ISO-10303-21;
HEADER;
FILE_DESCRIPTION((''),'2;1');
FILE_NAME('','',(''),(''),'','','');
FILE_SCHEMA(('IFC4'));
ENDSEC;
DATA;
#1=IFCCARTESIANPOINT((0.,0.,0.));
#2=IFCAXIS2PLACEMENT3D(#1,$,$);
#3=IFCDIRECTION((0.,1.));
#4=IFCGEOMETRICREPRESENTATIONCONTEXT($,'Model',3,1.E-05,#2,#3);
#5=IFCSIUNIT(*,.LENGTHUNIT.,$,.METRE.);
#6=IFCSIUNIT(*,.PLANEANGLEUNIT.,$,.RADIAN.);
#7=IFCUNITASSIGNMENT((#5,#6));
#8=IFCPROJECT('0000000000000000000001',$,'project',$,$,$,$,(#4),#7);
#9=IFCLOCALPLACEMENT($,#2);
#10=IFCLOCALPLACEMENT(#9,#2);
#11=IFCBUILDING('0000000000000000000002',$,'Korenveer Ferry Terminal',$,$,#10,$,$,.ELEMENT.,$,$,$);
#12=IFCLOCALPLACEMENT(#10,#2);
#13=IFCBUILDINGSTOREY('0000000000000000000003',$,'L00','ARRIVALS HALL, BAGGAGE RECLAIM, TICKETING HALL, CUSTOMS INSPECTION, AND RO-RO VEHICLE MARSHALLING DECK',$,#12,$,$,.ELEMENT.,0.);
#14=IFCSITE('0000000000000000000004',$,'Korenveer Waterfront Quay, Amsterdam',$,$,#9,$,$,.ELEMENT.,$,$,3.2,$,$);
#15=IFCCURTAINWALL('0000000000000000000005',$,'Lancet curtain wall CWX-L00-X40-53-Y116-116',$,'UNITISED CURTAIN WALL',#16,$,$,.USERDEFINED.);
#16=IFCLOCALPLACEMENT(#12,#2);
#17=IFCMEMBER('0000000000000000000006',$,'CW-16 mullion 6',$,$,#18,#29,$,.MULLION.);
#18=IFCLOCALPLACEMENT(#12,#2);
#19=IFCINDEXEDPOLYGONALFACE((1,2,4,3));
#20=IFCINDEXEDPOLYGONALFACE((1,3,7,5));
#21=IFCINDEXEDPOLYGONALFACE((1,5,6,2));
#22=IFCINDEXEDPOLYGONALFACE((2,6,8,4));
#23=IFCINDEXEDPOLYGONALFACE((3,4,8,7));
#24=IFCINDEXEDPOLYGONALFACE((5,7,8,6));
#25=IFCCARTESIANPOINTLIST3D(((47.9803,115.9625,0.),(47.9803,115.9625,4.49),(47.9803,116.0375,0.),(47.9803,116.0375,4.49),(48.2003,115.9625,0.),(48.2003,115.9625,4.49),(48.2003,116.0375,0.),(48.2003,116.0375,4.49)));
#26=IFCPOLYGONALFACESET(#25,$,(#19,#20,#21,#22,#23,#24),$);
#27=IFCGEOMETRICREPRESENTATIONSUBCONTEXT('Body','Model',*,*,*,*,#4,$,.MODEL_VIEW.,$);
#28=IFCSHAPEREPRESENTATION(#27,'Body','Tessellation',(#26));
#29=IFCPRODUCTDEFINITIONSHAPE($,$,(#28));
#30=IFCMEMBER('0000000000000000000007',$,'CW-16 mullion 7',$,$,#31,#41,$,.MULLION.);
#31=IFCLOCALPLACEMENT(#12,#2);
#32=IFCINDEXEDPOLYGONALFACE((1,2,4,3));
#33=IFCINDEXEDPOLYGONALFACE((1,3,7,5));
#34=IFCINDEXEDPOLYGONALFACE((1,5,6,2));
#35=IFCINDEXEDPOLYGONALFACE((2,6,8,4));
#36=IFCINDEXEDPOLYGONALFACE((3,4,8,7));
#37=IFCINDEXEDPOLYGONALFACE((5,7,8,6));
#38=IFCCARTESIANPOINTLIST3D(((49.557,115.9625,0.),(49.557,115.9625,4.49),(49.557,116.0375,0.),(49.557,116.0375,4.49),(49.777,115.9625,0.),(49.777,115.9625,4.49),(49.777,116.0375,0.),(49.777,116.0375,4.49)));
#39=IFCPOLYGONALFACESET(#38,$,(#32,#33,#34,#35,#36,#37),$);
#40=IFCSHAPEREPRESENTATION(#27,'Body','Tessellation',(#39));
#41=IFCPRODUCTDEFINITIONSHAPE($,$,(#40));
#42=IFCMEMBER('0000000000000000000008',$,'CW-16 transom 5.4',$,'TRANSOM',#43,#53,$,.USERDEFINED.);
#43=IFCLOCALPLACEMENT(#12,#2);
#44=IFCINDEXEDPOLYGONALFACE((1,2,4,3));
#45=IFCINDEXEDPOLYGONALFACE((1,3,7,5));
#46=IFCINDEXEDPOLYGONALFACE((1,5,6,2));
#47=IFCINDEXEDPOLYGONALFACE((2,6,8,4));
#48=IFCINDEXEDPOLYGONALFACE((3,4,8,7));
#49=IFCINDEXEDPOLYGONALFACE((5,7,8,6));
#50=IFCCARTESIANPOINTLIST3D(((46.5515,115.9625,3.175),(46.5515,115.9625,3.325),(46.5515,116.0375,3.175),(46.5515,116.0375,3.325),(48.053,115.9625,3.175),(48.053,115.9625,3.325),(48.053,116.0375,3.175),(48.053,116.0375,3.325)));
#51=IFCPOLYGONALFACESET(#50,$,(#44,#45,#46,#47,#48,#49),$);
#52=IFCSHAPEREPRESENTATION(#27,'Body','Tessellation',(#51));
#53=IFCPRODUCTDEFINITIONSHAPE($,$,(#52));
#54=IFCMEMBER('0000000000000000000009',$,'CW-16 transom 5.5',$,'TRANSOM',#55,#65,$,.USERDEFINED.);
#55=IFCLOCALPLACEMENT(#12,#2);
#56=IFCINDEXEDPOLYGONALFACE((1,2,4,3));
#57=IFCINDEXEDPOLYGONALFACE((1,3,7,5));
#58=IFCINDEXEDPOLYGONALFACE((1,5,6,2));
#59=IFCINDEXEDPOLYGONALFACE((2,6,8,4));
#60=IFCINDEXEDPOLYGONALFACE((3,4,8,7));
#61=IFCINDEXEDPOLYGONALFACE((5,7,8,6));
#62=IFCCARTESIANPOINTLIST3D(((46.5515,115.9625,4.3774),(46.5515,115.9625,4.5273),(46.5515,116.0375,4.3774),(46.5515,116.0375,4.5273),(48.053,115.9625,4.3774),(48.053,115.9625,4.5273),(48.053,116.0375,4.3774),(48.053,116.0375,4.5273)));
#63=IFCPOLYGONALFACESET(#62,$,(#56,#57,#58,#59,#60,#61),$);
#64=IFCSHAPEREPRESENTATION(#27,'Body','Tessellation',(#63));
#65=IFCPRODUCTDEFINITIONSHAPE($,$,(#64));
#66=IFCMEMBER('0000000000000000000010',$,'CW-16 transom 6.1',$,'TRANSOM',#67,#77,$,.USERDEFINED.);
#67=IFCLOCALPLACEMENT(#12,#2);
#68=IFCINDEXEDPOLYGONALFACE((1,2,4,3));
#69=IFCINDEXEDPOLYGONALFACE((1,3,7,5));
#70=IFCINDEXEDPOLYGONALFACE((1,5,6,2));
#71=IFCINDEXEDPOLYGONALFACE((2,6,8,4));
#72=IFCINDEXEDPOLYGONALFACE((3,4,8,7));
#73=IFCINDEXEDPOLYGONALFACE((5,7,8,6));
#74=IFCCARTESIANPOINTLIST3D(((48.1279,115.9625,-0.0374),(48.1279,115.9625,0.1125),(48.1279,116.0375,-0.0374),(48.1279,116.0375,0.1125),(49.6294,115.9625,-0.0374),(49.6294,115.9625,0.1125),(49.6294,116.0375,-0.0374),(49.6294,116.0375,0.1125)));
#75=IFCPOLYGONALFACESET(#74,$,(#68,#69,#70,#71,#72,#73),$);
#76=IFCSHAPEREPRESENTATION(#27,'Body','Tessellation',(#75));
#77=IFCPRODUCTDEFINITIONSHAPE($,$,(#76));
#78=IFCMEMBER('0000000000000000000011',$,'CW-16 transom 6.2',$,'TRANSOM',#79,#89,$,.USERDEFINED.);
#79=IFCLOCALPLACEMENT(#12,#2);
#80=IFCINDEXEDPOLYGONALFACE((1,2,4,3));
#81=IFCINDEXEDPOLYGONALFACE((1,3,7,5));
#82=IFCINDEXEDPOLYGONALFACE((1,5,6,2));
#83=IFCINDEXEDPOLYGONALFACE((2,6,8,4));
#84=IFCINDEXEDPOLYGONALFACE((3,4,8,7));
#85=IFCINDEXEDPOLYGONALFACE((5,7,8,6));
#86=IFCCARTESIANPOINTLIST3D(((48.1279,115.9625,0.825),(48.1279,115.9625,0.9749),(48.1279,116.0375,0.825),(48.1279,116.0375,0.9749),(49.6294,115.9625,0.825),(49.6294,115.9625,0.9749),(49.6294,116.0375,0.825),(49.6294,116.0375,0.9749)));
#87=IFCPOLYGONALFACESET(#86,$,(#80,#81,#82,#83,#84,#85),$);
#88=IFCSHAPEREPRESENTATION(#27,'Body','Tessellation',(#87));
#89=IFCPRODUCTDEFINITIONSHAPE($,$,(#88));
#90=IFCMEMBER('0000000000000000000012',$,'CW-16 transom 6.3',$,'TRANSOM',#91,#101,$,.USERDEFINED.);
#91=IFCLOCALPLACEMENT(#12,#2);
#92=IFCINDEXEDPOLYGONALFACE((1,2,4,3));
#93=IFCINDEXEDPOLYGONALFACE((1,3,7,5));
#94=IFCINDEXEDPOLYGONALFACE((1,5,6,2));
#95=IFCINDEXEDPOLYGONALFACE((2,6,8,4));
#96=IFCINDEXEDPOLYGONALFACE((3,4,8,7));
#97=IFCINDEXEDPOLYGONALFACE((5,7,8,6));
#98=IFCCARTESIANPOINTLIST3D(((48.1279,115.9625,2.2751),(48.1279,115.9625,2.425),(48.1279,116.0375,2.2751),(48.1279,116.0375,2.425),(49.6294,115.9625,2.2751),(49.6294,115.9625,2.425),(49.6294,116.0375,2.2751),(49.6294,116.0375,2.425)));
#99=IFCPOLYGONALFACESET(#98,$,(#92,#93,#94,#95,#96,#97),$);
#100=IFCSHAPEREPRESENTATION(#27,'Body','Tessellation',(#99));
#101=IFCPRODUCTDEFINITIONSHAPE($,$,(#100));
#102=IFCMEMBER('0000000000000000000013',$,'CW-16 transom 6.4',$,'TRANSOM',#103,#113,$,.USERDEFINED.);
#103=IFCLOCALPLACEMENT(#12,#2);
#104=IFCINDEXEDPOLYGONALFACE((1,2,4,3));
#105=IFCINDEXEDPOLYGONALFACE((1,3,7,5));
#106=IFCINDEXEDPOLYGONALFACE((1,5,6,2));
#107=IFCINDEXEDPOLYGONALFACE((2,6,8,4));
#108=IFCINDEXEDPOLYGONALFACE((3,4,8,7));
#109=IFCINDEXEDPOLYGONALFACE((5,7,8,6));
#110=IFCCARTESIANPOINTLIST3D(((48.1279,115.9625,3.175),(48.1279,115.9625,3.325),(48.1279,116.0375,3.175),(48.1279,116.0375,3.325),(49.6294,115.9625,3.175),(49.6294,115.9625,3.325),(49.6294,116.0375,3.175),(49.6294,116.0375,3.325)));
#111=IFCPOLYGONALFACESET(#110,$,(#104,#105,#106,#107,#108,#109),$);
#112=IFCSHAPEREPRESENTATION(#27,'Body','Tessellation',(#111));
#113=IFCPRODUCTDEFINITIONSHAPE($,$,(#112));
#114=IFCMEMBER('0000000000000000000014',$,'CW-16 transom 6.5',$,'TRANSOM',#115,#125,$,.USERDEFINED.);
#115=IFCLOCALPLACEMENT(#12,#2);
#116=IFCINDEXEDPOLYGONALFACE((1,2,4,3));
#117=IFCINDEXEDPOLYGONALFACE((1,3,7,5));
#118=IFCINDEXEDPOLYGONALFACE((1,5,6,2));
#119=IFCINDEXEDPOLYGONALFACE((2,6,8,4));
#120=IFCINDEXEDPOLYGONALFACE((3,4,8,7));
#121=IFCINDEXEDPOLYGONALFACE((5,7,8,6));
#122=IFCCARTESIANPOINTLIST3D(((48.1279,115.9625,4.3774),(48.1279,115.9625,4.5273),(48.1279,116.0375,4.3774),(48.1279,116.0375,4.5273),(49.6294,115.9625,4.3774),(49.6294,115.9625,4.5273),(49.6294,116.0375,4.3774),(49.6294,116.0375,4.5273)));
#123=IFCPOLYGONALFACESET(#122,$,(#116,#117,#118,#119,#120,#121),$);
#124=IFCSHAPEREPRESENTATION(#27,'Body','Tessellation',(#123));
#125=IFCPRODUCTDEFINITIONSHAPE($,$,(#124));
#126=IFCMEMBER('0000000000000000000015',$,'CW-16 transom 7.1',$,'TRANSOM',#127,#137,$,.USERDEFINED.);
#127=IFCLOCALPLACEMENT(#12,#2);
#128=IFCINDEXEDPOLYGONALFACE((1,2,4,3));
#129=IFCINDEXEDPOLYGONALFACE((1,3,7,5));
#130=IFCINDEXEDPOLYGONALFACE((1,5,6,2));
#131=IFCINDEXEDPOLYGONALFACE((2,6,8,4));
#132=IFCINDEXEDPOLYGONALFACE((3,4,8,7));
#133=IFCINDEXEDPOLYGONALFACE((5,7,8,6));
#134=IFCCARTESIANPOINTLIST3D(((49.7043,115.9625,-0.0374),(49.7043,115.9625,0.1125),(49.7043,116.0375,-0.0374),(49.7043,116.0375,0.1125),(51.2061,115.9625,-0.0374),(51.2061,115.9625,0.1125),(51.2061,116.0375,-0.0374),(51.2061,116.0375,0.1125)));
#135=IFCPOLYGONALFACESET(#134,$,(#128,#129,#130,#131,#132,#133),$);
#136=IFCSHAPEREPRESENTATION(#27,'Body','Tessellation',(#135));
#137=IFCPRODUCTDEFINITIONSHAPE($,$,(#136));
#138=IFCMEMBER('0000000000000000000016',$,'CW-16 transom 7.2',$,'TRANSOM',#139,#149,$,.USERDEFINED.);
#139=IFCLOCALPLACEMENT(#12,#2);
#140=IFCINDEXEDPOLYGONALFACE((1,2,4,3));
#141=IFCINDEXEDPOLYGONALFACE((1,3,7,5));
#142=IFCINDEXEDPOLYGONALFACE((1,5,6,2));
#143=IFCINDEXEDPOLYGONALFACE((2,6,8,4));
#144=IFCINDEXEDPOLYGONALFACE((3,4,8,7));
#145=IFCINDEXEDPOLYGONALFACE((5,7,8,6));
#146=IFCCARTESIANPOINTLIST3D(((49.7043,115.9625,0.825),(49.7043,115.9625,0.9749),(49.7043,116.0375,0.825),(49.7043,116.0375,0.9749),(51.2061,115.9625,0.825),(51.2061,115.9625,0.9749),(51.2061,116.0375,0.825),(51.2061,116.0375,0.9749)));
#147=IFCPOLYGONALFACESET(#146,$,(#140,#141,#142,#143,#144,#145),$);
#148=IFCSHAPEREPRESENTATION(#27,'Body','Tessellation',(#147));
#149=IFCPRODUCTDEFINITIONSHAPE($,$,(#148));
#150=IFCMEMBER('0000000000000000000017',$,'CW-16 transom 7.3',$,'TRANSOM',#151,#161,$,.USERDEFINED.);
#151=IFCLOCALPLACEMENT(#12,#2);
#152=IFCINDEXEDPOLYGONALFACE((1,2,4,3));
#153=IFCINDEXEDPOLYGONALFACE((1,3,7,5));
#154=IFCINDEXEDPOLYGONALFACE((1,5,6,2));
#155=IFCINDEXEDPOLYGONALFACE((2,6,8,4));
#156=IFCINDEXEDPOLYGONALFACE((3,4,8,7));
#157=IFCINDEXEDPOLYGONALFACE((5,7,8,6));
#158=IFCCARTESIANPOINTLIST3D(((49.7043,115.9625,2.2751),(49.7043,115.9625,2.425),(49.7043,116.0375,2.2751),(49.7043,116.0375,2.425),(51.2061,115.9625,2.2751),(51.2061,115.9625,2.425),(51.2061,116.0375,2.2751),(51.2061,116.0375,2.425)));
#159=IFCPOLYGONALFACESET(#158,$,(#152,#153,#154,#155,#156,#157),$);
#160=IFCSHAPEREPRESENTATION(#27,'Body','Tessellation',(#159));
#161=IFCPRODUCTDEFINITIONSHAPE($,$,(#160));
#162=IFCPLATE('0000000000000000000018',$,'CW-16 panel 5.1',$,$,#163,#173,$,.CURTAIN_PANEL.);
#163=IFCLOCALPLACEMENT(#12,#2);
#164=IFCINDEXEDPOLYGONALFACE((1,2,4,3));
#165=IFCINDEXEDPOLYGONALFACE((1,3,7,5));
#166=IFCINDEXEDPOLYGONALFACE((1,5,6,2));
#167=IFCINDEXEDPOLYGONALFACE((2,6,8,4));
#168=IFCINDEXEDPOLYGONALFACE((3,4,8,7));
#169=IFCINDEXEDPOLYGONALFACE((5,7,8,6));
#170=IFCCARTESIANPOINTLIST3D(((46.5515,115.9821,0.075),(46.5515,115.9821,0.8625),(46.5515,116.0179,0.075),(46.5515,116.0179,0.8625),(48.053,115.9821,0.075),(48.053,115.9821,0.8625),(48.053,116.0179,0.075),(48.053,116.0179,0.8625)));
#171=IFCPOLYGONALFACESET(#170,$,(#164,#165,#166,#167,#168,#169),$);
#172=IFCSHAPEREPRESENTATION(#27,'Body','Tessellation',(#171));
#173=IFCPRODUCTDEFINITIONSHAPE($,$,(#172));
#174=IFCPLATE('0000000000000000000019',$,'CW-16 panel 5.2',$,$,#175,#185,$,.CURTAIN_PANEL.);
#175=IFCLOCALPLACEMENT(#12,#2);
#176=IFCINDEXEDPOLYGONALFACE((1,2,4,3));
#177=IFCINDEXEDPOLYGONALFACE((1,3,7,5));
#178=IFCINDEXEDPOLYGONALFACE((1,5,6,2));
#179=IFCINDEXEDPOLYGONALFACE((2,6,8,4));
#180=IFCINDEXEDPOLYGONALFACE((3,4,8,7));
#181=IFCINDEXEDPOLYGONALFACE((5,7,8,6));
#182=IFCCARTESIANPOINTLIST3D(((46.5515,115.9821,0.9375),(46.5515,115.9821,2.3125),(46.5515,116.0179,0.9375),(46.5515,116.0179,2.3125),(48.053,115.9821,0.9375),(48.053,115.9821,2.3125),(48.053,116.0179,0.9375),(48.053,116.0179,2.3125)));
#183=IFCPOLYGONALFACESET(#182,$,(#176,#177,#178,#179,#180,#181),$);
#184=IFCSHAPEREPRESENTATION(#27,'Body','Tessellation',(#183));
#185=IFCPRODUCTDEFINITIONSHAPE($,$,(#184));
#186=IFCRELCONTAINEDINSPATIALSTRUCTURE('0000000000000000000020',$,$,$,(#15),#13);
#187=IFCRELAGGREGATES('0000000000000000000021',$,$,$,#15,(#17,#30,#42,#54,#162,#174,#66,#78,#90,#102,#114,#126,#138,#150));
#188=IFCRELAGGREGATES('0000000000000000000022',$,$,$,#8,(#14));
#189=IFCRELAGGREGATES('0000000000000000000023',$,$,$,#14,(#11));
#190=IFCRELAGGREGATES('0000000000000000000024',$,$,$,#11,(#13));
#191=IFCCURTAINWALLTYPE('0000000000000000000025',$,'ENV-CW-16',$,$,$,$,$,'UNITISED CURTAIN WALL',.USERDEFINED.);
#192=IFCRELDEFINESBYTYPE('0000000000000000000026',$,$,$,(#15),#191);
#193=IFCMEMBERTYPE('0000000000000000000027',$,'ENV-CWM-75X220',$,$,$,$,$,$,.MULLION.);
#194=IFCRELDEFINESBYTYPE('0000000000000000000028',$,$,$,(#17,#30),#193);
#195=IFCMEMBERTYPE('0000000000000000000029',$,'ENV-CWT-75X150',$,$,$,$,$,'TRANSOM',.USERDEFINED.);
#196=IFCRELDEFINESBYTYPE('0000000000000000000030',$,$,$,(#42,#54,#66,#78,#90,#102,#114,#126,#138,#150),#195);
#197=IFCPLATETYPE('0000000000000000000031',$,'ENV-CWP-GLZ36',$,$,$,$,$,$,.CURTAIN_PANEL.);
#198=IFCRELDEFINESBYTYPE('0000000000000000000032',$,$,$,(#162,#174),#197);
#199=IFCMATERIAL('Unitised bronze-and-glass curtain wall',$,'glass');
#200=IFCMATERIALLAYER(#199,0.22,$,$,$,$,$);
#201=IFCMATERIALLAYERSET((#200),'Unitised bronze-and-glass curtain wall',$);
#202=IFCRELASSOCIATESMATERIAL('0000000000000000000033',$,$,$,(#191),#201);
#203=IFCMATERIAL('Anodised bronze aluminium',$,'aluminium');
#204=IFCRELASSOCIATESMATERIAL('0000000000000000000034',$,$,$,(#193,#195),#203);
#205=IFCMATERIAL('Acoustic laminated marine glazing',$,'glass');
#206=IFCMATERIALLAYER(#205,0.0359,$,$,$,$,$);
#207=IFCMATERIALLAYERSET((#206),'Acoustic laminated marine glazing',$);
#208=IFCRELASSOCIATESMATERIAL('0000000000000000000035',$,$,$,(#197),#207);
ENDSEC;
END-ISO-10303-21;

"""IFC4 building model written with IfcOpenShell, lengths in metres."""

from ifc_helpers import new_model, si_unit, direction, frame, origin, origin_2d, place, context, subcontext, project, spatial, rectangle, extrude, material, layer, layer_set, material_profile, profile_set, type_object, element, aggregate, save


model = new_model("IFC4")

# Units and contexts
model_context = context("Model", 3, precision=1e-05, world=origin(), true_north=direction((0.0, 1.0)))
body_context = subcontext(model_context, "Body", "Model", "MODEL_VIEW")
ifc_project = project(units=[si_unit("LENGTHUNIT", "METRE"), si_unit("PLANEANGLEUNIT", "RADIAN")], contexts=[model_context])

# Site, building, storey
site_placement = place(None, origin())
site = spatial("IfcSite", under=ifc_project, at=site_placement, Name="Korenveer Waterfront Quay, Amsterdam", CompositionType="ELEMENT", RefElevation=3.2)
building_placement = place(site_placement, origin())
building = spatial("IfcBuilding", under=site, at=building_placement, Name="Korenveer Ferry Terminal", CompositionType="ELEMENT")
storey_placement = place(building_placement, origin())
storey = spatial("IfcBuildingStorey", under=building, at=storey_placement, Name="L00", Description="ARRIVALS HALL, BAGGAGE RECLAIM, TICKETING HALL, CUSTOMS INSPECTION, AND RO-RO VEHICLE MARSHALLING DECK", CompositionType="ELEMENT", Elevation=0.0)

# Curtain wall, members, plates
ifc_material_1 = material(Name="Unitised bronze-and-glass curtain wall", Category="glass")
ifc_layer_1 = layer(ifc_material_1, 0.22)
ifc_layer_set_1 = layer_set([ifc_layer_1], Name="Unitised bronze-and-glass curtain wall")
curtain_wall_type = type_object("IfcCurtainWallType", Name="ENV-CW-16", ElementType="UNITISED CURTAIN WALL", PredefinedType="USERDEFINED", material=ifc_layer_set_1)
curtain_wall_placement = place(storey_placement, frame((40.2078, 116.0, 0.0)))
curtain_wall = element("IfcCurtainWall", 1, at=curtain_wall_placement, inside=storey, type_object=curtain_wall_type, Name="Lancet curtain wall CWX-L00-X40-53-Y116-116", ObjectType="UNITISED CURTAIN WALL", PredefinedType="USERDEFINED")
ifc_material_2 = material(Name="Anodised bronze aluminium", Category="aluminium")
ifc_material_profile_1 = material_profile(ifc_material_2, rectangle(XDim=0.075, YDim=0.22, at=origin_2d()), Name="ALU 75x220")
ifc_profile_set_1 = profile_set([ifc_material_profile_1], Name="Anodised bronze aluminium")
member_type_1 = type_object("IfcMemberType", Name="ENV-CWM-75X220", PredefinedType="MULLION", material=ifc_profile_set_1)
member_1_placement = place(storey_placement, frame((48.0903, 116.0, 0.0), z_axis=(0.0, 0.0, 1.0), x_axis=(0.0, 1.0, 0.0)))
member_1 = element("IfcMember", 2, at=member_1_placement, type_object=member_type_1, Name="CW-16 mullion 6", PredefinedType="MULLION", context=body_context, shape_type="SweptSolid", body=[
    extrude(rectangle(XDim=0.075, YDim=0.22, at=origin_2d()), origin(), (0.0, 0.0, 1.0), 4.49),
])
member_2_placement = place(storey_placement, frame((49.667, 116.0, 0.0), z_axis=(0.0, 0.0, 1.0), x_axis=(0.0, 1.0, 0.0)))
member_2 = element("IfcMember", 3, at=member_2_placement, type_object=member_type_1, Name="CW-16 mullion 7", PredefinedType="MULLION", context=body_context, shape_type="SweptSolid", body=[
    extrude(rectangle(XDim=0.075, YDim=0.22, at=origin_2d()), origin(), (0.0, 0.0, 1.0), 4.49),
])
ifc_material_profile_2 = material_profile(ifc_material_2, rectangle(XDim=0.075, YDim=0.1499, at=origin_2d()), Name="ALU 75x150")
ifc_profile_set_2 = profile_set([ifc_material_profile_2], Name="Anodised bronze aluminium")
member_type_2 = type_object("IfcMemberType", Name="ENV-CWT-75X150", ElementType="TRANSOM", PredefinedType="USERDEFINED", material=ifc_profile_set_2)
member_3_placement = place(storey_placement, frame((46.5515, 116.0, 3.25), z_axis=(1.0, 0.0, 0.0), x_axis=(0.0, 1.0, 0.0)))
member_3 = element("IfcMember", 4, at=member_3_placement, type_object=member_type_2, Name="CW-16 transom 5.4", ObjectType="TRANSOM", PredefinedType="USERDEFINED", context=body_context, shape_type="SweptSolid", body=[
    extrude(rectangle(XDim=0.075, YDim=0.1499, at=origin_2d()), origin(), (0.0, 0.0, 1.0), 1.5015),
])
member_4_placement = place(storey_placement, frame((46.5515, 116.0, 4.4524), z_axis=(1.0, 0.0, 0.0), x_axis=(0.0, 1.0, 0.0)))
member_4 = element("IfcMember", 5, at=member_4_placement, type_object=member_type_2, Name="CW-16 transom 5.5", ObjectType="TRANSOM", PredefinedType="USERDEFINED", context=body_context, shape_type="SweptSolid", body=[
    extrude(rectangle(XDim=0.075, YDim=0.1499, at=origin_2d()), origin(), (0.0, 0.0, 1.0), 1.5015),
])
member_5_placement = place(storey_placement, frame((48.1279, 116.0, 0.0376), z_axis=(1.0, 0.0, 0.0), x_axis=(0.0, 1.0, 0.0)))
member_5 = element("IfcMember", 6, at=member_5_placement, type_object=member_type_2, Name="CW-16 transom 6.1", ObjectType="TRANSOM", PredefinedType="USERDEFINED", context=body_context, shape_type="SweptSolid", body=[
    extrude(rectangle(XDim=0.075, YDim=0.1499, at=origin_2d()), origin(), (0.0, 0.0, 1.0), 1.5015),
])
member_6_placement = place(storey_placement, frame((48.1279, 116.0, 0.8999), z_axis=(1.0, 0.0, 0.0), x_axis=(0.0, 1.0, 0.0)))
member_6 = element("IfcMember", 7, at=member_6_placement, type_object=member_type_2, Name="CW-16 transom 6.2", ObjectType="TRANSOM", PredefinedType="USERDEFINED", context=body_context, shape_type="SweptSolid", body=[
    extrude(rectangle(XDim=0.075, YDim=0.1499, at=origin_2d()), origin(), (0.0, 0.0, 1.0), 1.5015),
])
member_7_placement = place(storey_placement, frame((48.1279, 116.0, 2.3501), z_axis=(1.0, 0.0, 0.0), x_axis=(0.0, 1.0, 0.0)))
member_7 = element("IfcMember", 8, at=member_7_placement, type_object=member_type_2, Name="CW-16 transom 6.3", ObjectType="TRANSOM", PredefinedType="USERDEFINED", context=body_context, shape_type="SweptSolid", body=[
    extrude(rectangle(XDim=0.075, YDim=0.1499, at=origin_2d()), origin(), (0.0, 0.0, 1.0), 1.5015),
])
member_8_placement = place(storey_placement, frame((48.1279, 116.0, 3.25), z_axis=(1.0, 0.0, 0.0), x_axis=(0.0, 1.0, 0.0)))
member_8 = element("IfcMember", 9, at=member_8_placement, type_object=member_type_2, Name="CW-16 transom 6.4", ObjectType="TRANSOM", PredefinedType="USERDEFINED", context=body_context, shape_type="SweptSolid", body=[
    extrude(rectangle(XDim=0.075, YDim=0.1499, at=origin_2d()), origin(), (0.0, 0.0, 1.0), 1.5015),
])
member_9_placement = place(storey_placement, frame((48.1279, 116.0, 4.4524), z_axis=(1.0, 0.0, 0.0), x_axis=(0.0, 1.0, 0.0)))
member_9 = element("IfcMember", 10, at=member_9_placement, type_object=member_type_2, Name="CW-16 transom 6.5", ObjectType="TRANSOM", PredefinedType="USERDEFINED", context=body_context, shape_type="SweptSolid", body=[
    extrude(rectangle(XDim=0.075, YDim=0.1499, at=origin_2d()), origin(), (0.0, 0.0, 1.0), 1.5015),
])
member_10_placement = place(storey_placement, frame((49.7043, 116.0, 0.0376), z_axis=(1.0, 0.0, 0.0), x_axis=(0.0, 1.0, 0.0)))
member_10 = element("IfcMember", 11, at=member_10_placement, type_object=member_type_2, Name="CW-16 transom 7.1", ObjectType="TRANSOM", PredefinedType="USERDEFINED", context=body_context, shape_type="SweptSolid", body=[
    extrude(rectangle(XDim=0.075, YDim=0.1499, at=origin_2d()), origin(), (0.0, 0.0, 1.0), 1.5017),
])
member_11_placement = place(storey_placement, frame((49.7043, 116.0, 0.8999), z_axis=(1.0, 0.0, 0.0), x_axis=(0.0, 1.0, 0.0)))
member_11 = element("IfcMember", 12, at=member_11_placement, type_object=member_type_2, Name="CW-16 transom 7.2", ObjectType="TRANSOM", PredefinedType="USERDEFINED", context=body_context, shape_type="SweptSolid", body=[
    extrude(rectangle(XDim=0.075, YDim=0.1499, at=origin_2d()), origin(), (0.0, 0.0, 1.0), 1.5017),
])
member_12_placement = place(storey_placement, frame((49.7043, 116.0, 2.3501), z_axis=(1.0, 0.0, 0.0), x_axis=(0.0, 1.0, 0.0)))
member_12 = element("IfcMember", 13, at=member_12_placement, type_object=member_type_2, Name="CW-16 transom 7.3", ObjectType="TRANSOM", PredefinedType="USERDEFINED", context=body_context, shape_type="SweptSolid", body=[
    extrude(rectangle(XDim=0.075, YDim=0.1499, at=origin_2d()), origin(), (0.0, 0.0, 1.0), 1.5017),
])
ifc_material_3 = material(Name="Acoustic laminated marine glazing", Category="glass")
ifc_layer_2 = layer(ifc_material_3, 0.0359)
ifc_layer_set_2 = layer_set([ifc_layer_2], Name="Acoustic laminated marine glazing")
plate_type = type_object("IfcPlateType", Name="ENV-CWP-GLZ36", PredefinedType="CURTAIN_PANEL", material=ifc_layer_set_2)
plate_1_placement = place(storey_placement, frame((47.3022, 116.0, 0.075), z_axis=(0.0, 0.0, 1.0), x_axis=(1.0, 0.0, 0.0)))
plate_1 = element("IfcPlate", 14, at=plate_1_placement, type_object=plate_type, Name="CW-16 panel 5.1", PredefinedType="CURTAIN_PANEL", context=body_context, shape_type="SweptSolid", body=[
    extrude(rectangle(XDim=1.5015, YDim=0.0359, at=origin_2d()), origin(), (0.0, 0.0, 1.0), 0.7876),
])
plate_2_placement = place(storey_placement, frame((47.3022, 116.0, 0.9375), z_axis=(0.0, 0.0, 1.0), x_axis=(1.0, 0.0, 0.0)))
plate_2 = element("IfcPlate", 15, at=plate_2_placement, type_object=plate_type, Name="CW-16 panel 5.2", PredefinedType="CURTAIN_PANEL", context=body_context, shape_type="SweptSolid", body=[
    extrude(rectangle(XDim=1.5015, YDim=0.0359, at=origin_2d()), origin(), (0.0, 0.0, 1.0), 1.375),
])
aggregate(curtain_wall, [member_1, member_2, member_3, member_4, plate_1, plate_2, member_5, member_6, member_7, member_8, member_9, member_10, member_11, member_12])

save(model, "model.ifc")
